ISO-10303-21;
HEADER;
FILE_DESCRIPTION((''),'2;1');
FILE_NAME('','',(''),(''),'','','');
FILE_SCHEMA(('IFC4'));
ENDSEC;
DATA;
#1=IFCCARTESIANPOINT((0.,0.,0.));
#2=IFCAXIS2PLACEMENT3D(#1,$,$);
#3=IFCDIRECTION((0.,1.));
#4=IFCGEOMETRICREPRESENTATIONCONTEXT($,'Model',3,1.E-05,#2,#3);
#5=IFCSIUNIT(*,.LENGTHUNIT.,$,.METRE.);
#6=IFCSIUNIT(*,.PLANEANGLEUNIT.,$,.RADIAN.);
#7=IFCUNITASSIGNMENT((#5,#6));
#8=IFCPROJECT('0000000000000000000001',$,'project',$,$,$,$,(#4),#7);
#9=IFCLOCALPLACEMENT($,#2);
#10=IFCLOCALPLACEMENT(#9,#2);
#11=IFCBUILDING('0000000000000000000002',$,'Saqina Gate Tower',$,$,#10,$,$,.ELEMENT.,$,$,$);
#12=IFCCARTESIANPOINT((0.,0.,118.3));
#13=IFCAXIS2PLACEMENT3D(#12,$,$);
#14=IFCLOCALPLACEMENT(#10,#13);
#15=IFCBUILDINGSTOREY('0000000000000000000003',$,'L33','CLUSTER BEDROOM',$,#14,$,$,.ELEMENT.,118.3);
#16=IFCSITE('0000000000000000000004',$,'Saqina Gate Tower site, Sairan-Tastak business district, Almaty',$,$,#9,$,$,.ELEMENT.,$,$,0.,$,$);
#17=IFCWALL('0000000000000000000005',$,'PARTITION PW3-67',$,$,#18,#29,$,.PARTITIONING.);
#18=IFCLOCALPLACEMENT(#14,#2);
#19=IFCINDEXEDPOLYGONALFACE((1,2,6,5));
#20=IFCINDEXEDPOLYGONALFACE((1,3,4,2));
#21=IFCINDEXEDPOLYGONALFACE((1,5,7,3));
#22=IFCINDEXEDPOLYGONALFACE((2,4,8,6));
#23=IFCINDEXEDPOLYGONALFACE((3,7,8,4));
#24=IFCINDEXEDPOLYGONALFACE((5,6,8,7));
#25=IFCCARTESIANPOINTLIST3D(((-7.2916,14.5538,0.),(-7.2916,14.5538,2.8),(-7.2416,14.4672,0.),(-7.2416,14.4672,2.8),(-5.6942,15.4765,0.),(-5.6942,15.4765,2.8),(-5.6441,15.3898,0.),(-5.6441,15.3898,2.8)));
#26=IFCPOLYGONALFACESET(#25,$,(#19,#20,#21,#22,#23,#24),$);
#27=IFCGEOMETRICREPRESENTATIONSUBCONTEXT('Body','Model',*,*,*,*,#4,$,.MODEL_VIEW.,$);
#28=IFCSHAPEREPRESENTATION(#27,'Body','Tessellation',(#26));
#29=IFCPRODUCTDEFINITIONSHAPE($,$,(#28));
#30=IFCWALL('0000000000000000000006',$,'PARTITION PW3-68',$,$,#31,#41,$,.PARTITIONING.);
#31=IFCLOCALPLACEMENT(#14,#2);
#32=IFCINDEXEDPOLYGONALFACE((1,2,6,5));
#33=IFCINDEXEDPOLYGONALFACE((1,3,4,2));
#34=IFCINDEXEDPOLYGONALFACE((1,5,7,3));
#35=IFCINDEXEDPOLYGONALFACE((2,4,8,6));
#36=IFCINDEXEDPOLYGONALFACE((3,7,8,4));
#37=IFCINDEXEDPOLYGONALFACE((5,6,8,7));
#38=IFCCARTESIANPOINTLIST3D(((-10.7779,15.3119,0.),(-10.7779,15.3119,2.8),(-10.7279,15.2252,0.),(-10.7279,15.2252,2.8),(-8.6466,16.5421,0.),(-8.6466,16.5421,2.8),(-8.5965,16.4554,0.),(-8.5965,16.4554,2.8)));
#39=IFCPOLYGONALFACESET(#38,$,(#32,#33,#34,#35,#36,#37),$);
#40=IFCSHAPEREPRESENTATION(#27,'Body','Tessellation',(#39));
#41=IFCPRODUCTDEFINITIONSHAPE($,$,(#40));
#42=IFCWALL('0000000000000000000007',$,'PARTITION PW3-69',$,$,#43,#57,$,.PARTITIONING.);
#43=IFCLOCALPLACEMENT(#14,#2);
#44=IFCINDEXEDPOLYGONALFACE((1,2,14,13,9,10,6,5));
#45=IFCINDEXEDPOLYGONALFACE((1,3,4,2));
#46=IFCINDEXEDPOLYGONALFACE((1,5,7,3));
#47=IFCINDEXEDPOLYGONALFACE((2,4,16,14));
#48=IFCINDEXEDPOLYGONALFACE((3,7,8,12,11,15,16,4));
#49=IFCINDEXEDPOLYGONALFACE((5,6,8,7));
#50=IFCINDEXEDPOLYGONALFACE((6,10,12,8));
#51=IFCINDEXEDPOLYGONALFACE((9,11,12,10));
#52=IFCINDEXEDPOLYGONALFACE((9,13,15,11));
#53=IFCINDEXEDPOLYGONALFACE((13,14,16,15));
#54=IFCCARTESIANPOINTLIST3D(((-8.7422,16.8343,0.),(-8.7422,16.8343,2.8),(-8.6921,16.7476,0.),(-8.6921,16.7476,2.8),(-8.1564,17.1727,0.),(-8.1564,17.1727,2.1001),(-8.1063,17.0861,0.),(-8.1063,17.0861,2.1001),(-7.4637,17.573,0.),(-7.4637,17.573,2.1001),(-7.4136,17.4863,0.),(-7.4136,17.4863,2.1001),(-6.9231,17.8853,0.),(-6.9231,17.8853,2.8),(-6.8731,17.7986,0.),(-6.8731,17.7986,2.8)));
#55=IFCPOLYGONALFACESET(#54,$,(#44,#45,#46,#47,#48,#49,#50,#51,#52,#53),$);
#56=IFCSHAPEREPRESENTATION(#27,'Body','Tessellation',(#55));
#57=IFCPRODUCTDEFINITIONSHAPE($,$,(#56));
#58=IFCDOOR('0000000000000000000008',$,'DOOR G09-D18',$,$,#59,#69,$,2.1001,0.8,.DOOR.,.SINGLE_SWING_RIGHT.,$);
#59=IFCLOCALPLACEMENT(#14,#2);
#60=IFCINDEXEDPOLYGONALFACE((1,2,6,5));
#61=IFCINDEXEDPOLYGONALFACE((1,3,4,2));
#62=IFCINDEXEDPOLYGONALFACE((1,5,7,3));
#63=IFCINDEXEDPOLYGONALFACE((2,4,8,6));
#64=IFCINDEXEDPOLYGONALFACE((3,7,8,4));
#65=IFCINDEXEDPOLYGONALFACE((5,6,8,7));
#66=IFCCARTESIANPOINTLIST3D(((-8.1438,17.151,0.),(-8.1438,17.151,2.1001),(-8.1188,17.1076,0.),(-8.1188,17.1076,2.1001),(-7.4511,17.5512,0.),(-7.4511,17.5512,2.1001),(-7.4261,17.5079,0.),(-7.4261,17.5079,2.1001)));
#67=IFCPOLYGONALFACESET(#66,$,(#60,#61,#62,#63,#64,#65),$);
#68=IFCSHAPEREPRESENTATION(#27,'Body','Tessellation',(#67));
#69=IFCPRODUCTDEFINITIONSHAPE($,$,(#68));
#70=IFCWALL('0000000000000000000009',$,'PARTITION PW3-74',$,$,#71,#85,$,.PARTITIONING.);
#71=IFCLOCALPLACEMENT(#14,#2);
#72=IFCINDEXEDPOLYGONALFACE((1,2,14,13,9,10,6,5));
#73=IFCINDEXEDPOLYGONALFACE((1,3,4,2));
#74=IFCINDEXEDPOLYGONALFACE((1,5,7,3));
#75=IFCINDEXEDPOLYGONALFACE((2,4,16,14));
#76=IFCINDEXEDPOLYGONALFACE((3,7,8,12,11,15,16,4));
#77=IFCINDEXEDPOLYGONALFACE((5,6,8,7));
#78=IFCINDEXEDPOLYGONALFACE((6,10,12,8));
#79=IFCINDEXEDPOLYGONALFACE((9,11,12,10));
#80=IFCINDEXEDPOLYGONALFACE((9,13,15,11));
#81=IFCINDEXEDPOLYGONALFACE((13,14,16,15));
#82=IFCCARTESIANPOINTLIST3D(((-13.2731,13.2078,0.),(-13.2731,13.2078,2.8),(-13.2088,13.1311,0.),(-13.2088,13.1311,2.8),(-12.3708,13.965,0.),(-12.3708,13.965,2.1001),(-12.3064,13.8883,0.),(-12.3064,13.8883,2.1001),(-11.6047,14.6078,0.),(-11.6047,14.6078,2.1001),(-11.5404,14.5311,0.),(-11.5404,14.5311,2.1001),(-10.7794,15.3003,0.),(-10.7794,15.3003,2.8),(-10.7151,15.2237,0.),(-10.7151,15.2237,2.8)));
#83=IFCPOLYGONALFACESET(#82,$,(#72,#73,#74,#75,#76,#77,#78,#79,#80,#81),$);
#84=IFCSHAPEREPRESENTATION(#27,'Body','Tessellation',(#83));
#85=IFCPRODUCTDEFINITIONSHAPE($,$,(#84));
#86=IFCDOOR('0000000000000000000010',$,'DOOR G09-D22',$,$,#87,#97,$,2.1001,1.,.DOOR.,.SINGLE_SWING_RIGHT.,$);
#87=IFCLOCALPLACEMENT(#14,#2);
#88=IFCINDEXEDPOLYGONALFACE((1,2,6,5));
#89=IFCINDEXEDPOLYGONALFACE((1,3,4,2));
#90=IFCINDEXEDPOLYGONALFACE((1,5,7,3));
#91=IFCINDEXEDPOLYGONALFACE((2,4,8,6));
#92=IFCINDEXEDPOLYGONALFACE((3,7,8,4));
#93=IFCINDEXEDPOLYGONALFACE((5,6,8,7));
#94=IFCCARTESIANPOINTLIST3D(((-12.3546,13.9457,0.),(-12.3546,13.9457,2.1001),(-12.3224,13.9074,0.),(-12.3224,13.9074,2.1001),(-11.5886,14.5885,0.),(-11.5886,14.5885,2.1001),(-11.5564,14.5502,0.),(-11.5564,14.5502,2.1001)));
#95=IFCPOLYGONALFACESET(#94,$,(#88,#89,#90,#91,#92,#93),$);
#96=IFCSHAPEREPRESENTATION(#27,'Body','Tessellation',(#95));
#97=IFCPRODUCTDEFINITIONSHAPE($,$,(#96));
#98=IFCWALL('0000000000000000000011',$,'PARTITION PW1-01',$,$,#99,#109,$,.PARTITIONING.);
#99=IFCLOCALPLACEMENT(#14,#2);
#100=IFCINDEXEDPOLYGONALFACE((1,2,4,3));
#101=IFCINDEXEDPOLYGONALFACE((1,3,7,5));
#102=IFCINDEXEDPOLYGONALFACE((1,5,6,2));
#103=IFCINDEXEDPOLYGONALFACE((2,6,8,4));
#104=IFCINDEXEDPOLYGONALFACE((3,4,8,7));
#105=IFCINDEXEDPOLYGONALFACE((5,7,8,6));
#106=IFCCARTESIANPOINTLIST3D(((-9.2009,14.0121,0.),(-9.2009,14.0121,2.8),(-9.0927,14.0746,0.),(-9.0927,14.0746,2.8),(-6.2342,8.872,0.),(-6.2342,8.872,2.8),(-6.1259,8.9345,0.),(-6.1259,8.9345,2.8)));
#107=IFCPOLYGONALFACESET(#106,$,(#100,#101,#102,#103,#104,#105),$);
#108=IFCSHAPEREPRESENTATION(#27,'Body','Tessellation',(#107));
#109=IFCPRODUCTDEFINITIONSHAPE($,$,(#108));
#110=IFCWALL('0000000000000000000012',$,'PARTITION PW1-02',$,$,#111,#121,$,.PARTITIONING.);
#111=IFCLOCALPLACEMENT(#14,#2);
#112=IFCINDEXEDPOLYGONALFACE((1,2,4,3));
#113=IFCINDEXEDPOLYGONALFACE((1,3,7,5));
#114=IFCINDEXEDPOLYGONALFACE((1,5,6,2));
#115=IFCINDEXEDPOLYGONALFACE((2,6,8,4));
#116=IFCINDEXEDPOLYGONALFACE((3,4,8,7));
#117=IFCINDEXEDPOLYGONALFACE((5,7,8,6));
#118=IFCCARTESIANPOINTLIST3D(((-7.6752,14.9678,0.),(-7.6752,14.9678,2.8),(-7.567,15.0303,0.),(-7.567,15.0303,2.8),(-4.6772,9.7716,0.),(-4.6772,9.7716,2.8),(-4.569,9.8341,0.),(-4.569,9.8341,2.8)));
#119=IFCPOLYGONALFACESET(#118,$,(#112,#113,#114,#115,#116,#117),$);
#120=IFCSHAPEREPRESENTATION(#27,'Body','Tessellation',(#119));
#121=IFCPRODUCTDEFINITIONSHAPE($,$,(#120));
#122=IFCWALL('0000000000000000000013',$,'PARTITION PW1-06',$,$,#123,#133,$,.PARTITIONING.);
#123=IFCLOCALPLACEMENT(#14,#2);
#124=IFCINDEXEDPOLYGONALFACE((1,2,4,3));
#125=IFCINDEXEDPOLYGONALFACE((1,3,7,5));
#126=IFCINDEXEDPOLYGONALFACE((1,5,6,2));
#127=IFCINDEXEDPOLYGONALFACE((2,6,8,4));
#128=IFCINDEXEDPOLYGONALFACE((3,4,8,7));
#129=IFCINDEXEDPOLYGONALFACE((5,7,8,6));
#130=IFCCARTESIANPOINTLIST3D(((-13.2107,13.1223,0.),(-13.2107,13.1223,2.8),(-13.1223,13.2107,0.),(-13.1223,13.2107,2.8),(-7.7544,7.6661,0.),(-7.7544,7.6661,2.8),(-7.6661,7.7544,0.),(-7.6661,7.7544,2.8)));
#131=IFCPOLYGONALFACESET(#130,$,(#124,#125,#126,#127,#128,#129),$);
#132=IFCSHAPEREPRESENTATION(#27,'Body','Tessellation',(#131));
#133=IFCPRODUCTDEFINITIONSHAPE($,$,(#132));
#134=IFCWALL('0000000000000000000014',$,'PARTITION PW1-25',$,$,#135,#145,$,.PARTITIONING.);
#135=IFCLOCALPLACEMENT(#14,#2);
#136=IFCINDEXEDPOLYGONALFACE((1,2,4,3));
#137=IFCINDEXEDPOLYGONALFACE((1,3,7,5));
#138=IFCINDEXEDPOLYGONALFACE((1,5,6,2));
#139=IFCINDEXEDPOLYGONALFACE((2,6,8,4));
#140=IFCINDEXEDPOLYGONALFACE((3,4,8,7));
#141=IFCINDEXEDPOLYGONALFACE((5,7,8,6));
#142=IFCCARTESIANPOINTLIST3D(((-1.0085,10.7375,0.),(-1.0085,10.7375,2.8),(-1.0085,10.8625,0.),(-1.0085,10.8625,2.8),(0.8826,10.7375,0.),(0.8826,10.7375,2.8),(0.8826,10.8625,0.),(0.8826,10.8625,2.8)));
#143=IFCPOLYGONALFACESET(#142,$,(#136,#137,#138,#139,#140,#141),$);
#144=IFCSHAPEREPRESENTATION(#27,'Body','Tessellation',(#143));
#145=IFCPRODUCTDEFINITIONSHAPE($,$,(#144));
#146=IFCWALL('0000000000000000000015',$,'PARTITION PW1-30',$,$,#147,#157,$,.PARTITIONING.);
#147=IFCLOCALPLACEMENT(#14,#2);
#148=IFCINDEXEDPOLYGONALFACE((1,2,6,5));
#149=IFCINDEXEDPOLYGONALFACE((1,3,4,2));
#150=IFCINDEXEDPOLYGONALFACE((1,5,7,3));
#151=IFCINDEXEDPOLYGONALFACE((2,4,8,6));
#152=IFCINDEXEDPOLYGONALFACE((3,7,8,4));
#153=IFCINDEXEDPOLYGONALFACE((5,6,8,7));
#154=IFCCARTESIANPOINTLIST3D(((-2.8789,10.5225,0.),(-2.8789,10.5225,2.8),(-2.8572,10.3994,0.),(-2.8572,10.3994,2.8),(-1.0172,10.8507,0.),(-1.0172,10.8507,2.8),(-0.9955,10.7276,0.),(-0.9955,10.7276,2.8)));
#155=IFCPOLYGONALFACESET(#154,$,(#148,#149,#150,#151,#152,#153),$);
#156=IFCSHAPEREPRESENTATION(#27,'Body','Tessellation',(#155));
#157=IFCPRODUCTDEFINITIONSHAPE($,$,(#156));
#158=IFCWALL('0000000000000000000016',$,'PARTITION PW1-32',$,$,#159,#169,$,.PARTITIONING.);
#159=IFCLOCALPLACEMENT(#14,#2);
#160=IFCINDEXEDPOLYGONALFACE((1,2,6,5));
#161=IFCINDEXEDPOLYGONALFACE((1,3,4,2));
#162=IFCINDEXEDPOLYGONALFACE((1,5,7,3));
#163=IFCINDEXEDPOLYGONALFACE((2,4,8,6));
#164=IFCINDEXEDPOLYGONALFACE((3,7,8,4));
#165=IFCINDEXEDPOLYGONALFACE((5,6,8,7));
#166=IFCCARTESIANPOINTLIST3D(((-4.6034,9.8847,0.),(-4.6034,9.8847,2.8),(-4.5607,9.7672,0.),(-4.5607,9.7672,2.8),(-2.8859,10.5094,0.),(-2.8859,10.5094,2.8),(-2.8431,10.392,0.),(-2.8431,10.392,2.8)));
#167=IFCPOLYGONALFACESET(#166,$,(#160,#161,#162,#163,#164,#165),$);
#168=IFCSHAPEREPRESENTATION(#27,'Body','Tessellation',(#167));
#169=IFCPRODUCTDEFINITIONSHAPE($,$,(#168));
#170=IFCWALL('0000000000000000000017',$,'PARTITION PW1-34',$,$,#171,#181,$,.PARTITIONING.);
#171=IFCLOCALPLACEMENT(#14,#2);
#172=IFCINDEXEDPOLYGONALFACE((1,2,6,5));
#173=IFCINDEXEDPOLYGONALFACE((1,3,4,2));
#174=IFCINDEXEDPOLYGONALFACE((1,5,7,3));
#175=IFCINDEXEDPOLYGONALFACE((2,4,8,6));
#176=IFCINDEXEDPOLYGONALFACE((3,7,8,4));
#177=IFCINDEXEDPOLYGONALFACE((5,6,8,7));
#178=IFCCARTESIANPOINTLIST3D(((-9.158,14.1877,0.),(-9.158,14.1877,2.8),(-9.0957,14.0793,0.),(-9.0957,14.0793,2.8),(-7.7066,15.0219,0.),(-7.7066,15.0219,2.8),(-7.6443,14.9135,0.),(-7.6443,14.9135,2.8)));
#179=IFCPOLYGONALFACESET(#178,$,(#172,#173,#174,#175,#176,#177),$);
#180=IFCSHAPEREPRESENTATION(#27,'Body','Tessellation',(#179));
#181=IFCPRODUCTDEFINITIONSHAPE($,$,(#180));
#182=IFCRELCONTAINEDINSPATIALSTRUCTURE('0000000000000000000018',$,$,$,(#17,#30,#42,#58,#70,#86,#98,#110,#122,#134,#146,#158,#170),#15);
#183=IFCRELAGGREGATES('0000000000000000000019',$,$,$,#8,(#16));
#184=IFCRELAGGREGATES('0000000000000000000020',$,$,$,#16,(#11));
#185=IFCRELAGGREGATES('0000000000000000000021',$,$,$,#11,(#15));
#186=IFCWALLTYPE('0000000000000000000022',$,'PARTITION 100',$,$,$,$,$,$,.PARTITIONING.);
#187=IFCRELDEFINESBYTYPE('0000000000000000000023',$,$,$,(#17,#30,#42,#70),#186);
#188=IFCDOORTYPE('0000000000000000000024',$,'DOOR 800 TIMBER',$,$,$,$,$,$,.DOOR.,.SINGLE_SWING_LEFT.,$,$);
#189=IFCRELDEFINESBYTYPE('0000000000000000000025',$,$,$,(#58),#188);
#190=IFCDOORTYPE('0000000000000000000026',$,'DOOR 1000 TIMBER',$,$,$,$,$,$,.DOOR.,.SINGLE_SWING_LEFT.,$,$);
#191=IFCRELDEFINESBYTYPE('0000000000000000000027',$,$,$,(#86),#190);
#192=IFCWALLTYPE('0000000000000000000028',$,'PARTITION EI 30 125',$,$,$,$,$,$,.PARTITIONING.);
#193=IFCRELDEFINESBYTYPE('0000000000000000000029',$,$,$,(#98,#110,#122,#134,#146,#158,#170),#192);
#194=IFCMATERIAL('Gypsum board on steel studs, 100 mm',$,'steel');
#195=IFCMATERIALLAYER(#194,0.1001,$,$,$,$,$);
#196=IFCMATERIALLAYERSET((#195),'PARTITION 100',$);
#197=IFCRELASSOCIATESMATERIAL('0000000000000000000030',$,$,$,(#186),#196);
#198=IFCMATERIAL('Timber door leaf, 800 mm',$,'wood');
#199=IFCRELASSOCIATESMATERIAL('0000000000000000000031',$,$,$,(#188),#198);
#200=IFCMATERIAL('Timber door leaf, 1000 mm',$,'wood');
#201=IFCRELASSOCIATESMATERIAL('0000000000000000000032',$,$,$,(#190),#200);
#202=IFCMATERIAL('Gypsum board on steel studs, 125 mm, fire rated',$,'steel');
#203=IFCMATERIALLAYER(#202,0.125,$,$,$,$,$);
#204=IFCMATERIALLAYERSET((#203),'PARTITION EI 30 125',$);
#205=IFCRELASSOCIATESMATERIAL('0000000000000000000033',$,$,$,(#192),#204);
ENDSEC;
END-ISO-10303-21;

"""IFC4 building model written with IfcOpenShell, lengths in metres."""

from ifc_helpers import new_model, si_unit, direction, frame, frame_2d, origin, place, context, subcontext, project, spatial, rectangle, extrude, material, layer, layer_set, type_object, element, fill, save


model = new_model("IFC4")

# Units and contexts
model_context = context("Model", 3, precision=1e-05, world=origin(), true_north=direction((0.0, 1.0)))
body_context = subcontext(model_context, "Body", "Model", "MODEL_VIEW")
ifc_project = project(units=[si_unit("LENGTHUNIT", "METRE"), si_unit("PLANEANGLEUNIT", "RADIAN")], contexts=[model_context])

# Site, building, storey
site_placement = place(None, origin())
site = spatial("IfcSite", under=ifc_project, at=site_placement, Name="Saqina Gate Tower site, Sairan-Tastak business district, Almaty", CompositionType="ELEMENT", RefElevation=0.0)
building_placement = place(site_placement, origin())
building = spatial("IfcBuilding", under=site, at=building_placement, Name="Saqina Gate Tower", CompositionType="ELEMENT")
storey_placement = place(building_placement, frame((0.0, 0.0, 118.3)))
storey = spatial("IfcBuildingStorey", under=building, at=storey_placement, Name="L33", Description="CLUSTER BEDROOM", CompositionType="ELEMENT", Elevation=118.3)

# Walls
ifc_material_1 = material(Name="Gypsum board on steel studs, 100 mm", Category="steel")
ifc_layer_1 = layer(ifc_material_1, 0.1001)
ifc_layer_set_1 = layer_set([ifc_layer_1], Name="PARTITION 100")
wall_type_1 = type_object("IfcWallType", Name="PARTITION 100", PredefinedType="PARTITIONING", material=ifc_layer_set_1)
wall_1_placement = place(storey_placement, frame((-7.2666, 14.5105, 0.0), z_axis=(0.0, 0.0, 1.0), x_axis=(0.865945, 0.500139, 0.0)))
element("IfcWall", 1, at=wall_1_placement, inside=storey, type_object=wall_type_1, Name="PARTITION PW3-67", PredefinedType="PARTITIONING", context=body_context, shape_type="SweptSolid", body=[
    extrude(rectangle(XDim=1.8447, YDim=0.1001, at=frame_2d((0.9224, 0.0))), origin(), (0.0, 0.0, 1.0), 2.8),
])
wall_2_placement = place(storey_placement, frame((-10.7529, 15.2686, 0.0), z_axis=(0.0, 0.0, 1.0), x_axis=(0.86608, 0.499906, 0.0)))
element("IfcWall", 2, at=wall_2_placement, inside=storey, type_object=wall_type_1, Name="PARTITION PW3-68", PredefinedType="PARTITIONING", context=body_context, shape_type="SweptSolid", body=[
    extrude(rectangle(XDim=2.4609, YDim=0.1001, at=frame_2d((1.2305, 0.0))), origin(), (0.0, 0.0, 1.0), 2.8),
])

# Walls, openings, doors
wall_3_placement = place(storey_placement, frame((-8.717, 16.791, 0.0), z_axis=(0.0, 0.0, 1.0), x_axis=(0.865866, 0.500276, 0.0)))
wall_3 = element("IfcWall", 3, at=wall_3_placement, inside=storey, type_object=wall_type_1, Name="PARTITION PW3-69", PredefinedType="PARTITIONING", context=body_context, shape_type="SweptSolid", body=[
    extrude(rectangle(XDim=2.1008, YDim=0.1001, at=frame_2d((1.0503, 0.0))), origin(), (0.0, 0.0, 1.0), 2.8),
])
opening_1_placement = place(wall_3_placement, frame((0.6765, 0.0, 0.0)))
opening_1 = element("IfcOpeningElement", 4, at=opening_1_placement, cuts=wall_3, PredefinedType="OPENING", context=body_context, shape_type="SweptSolid", body=[
    extrude(rectangle(XDim=0.8, YDim=2.1001, at=frame_2d((0.3999, 1.05))), frame((0.0, 0.062, 0.0), z_axis=(0.0, -1.0, 0.0), x_axis=(1.0, 0.0, 0.0)), (0.0, 0.0, 1.0), 0.124),
])
ifc_material_2 = material(Name="Timber door leaf, 800 mm", Category="wood")
door_type_1 = type_object("IfcDoorType", Name="DOOR 800 TIMBER", OperationType="SINGLE_SWING_LEFT", PredefinedType="DOOR", material=ifc_material_2)
door_1_placement = place(opening_1_placement, origin())
door_1 = element("IfcDoor", 5, at=door_1_placement, inside=storey, type_object=door_type_1, Name="DOOR G09-D18", OperationType="SINGLE_SWING_RIGHT", OverallHeight=2.1001, OverallWidth=0.8, PredefinedType="DOOR", context=body_context, shape_type="SweptSolid", body=[
    extrude(rectangle(XDim=0.8, YDim=2.1001, at=frame_2d((0.3999, 1.05))), frame((0.0, 0.0249, 0.0), z_axis=(0.0, -1.0, 0.0), x_axis=(1.0, 0.0, 0.0)), (0.0, 0.0, 1.0), 0.05),
])
fill(opening_1, door_1)
wall_4_placement = place(storey_placement, frame((-13.241, 13.1694, 0.0), z_axis=(0.0, 0.0, 1.0), x_axis=(0.766028, 0.642807, 0.0)))
wall_4 = element("IfcWall", 6, at=wall_4_placement, inside=storey, type_object=wall_type_1, Name="PARTITION PW3-74", PredefinedType="PARTITIONING", context=body_context, shape_type="SweptSolid", body=[
    extrude(rectangle(XDim=3.2554, YDim=0.1001, at=frame_2d((1.6277, 0.0))), origin(), (0.0, 0.0, 1.0), 2.8),
])
opening_2_placement = place(wall_4_placement, frame((1.178, 0.0, 0.0)))
opening_2 = element("IfcOpeningElement", 7, at=opening_2_placement, cuts=wall_4, PredefinedType="OPENING", context=body_context, shape_type="SweptSolid", body=[
    extrude(rectangle(XDim=1.0, YDim=2.1001, at=frame_2d((0.5, 1.05))), frame((0.0, 0.062, 0.0), z_axis=(0.0, -1.0, 0.0), x_axis=(1.0, 0.0, 0.0)), (0.0, 0.0, 1.0), 0.124),
])
ifc_material_3 = material(Name="Timber door leaf, 1000 mm", Category="wood")
door_type_2 = type_object("IfcDoorType", Name="DOOR 1000 TIMBER", OperationType="SINGLE_SWING_LEFT", PredefinedType="DOOR", material=ifc_material_3)
door_2_placement = place(opening_2_placement, origin())
door_2 = element("IfcDoor", 8, at=door_2_placement, inside=storey, type_object=door_type_2, Name="DOOR G09-D22", OperationType="SINGLE_SWING_RIGHT", OverallHeight=2.1001, OverallWidth=1.0, PredefinedType="DOOR", context=body_context, shape_type="SweptSolid", body=[
    extrude(rectangle(XDim=1.0, YDim=2.1001, at=frame_2d((0.5, 1.05))), frame((0.0, 0.0249, 0.0), z_axis=(0.0, -1.0, 0.0), x_axis=(1.0, 0.0, 0.0)), (0.0, 0.0, 1.0), 0.05),
])
fill(opening_2, door_2)

# Walls
ifc_material_4 = material(Name="Gypsum board on steel studs, 125 mm, fire rated", Category="steel")
ifc_layer_2 = layer(ifc_material_4, 0.125)
ifc_layer_set_2 = layer_set([ifc_layer_2], Name="PARTITION EI 30 125")
wall_type_2 = type_object("IfcWallType", Name="PARTITION EI 30 125", PredefinedType="PARTITIONING", material=ifc_layer_set_2)
wall_5_placement = place(storey_placement, frame((-9.1467, 14.0432, 0.0), z_axis=(0.0, 0.0, 1.0), x_axis=(0.499891, -0.866088, 0.0)))
element("IfcWall", 9, at=wall_5_placement, inside=storey, type_object=wall_type_2, Name="PARTITION PW1-01", PredefinedType="PARTITIONING", context=body_context, shape_type="SweptSolid", body=[
    extrude(rectangle(XDim=5.9348, YDim=0.125, at=frame_2d((2.9673, 0.0))), origin(), (0.0, 0.0, 1.0), 2.8),
])
wall_6_placement = place(storey_placement, frame((-7.6211, 14.999, 0.0), z_axis=(0.0, 0.0, 1.0), x_axis=(0.499746, -0.866172, 0.0)))
element("IfcWall", 10, at=wall_6_placement, inside=storey, type_object=wall_type_2, Name="PARTITION PW1-02", PredefinedType="PARTITIONING", context=body_context, shape_type="SweptSolid", body=[
    extrude(rectangle(XDim=5.999, YDim=0.125, at=frame_2d((2.9995, 0.0))), origin(), (0.0, 0.0, 1.0), 2.8),
])
wall_7_placement = place(storey_placement, frame((-13.1665, 13.1665, 0.0), z_axis=(0.0, 0.0, 1.0), x_axis=(0.707107, -0.707107, 0.0)))
element("IfcWall", 11, at=wall_7_placement, inside=storey, type_object=wall_type_2, Name="PARTITION PW1-06", PredefinedType="PARTITIONING", context=body_context, shape_type="SweptSolid", body=[
    extrude(rectangle(XDim=7.7163, YDim=0.125, at=frame_2d((3.8582, 0.0))), origin(), (0.0, 0.0, 1.0), 2.8),
])
wall_8_placement = place(storey_placement, frame((-1.0085, 10.8, 0.0), z_axis=(0.0, 0.0, 1.0), x_axis=(1.0, 0.0, 0.0)))
element("IfcWall", 12, at=wall_8_placement, inside=storey, type_object=wall_type_2, Name="PARTITION PW1-25", PredefinedType="PARTITIONING", context=body_context, shape_type="SweptSolid", body=[
    extrude(rectangle(XDim=1.8911, YDim=0.125, at=frame_2d((0.9456, 0.0))), origin(), (0.0, 0.0, 1.0), 2.8),
])
wall_9_placement = place(storey_placement, frame((-2.8682, 10.4609, 0.0), z_axis=(0.0, 0.0, 1.0), x_axis=(0.984819, 0.173586, 0.0)))
element("IfcWall", 13, at=wall_9_placement, inside=storey, type_object=wall_type_2, Name="PARTITION PW1-30", PredefinedType="PARTITIONING", context=body_context, shape_type="SweptSolid", body=[
    extrude(rectangle(XDim=1.8904, YDim=0.125, at=frame_2d((0.9453, 0.0))), origin(), (0.0, 0.0, 1.0), 2.8),
])
wall_10_placement = place(storey_placement, frame((-4.582, 9.8259, 0.0), z_axis=(0.0, 0.0, 1.0), x_axis=(0.939758, 0.34184, 0.0)))
element("IfcWall", 14, at=wall_10_placement, inside=storey, type_object=wall_type_2, Name="PARTITION PW1-32", PredefinedType="PARTITIONING", context=body_context, shape_type="SweptSolid", body=[
    extrude(rectangle(XDim=1.8276, YDim=0.125, at=frame_2d((0.9138, 0.0))), origin(), (0.0, 0.0, 1.0), 2.8),
])
wall_11_placement = place(storey_placement, frame((-9.1267, 14.1335, 0.0), z_axis=(0.0, 0.0, 1.0), x_axis=(0.866993, 0.49832, 0.0)))
element("IfcWall", 15, at=wall_11_placement, inside=storey, type_object=wall_type_2, Name="PARTITION PW1-34", PredefinedType="PARTITIONING", context=body_context, shape_type="SweptSolid", body=[
    extrude(rectangle(XDim=1.6741, YDim=0.125, at=frame_2d((0.8369, 0.0))), origin(), (0.0, 0.0, 1.0), 2.8),
])

save(model, "model.ifc")
